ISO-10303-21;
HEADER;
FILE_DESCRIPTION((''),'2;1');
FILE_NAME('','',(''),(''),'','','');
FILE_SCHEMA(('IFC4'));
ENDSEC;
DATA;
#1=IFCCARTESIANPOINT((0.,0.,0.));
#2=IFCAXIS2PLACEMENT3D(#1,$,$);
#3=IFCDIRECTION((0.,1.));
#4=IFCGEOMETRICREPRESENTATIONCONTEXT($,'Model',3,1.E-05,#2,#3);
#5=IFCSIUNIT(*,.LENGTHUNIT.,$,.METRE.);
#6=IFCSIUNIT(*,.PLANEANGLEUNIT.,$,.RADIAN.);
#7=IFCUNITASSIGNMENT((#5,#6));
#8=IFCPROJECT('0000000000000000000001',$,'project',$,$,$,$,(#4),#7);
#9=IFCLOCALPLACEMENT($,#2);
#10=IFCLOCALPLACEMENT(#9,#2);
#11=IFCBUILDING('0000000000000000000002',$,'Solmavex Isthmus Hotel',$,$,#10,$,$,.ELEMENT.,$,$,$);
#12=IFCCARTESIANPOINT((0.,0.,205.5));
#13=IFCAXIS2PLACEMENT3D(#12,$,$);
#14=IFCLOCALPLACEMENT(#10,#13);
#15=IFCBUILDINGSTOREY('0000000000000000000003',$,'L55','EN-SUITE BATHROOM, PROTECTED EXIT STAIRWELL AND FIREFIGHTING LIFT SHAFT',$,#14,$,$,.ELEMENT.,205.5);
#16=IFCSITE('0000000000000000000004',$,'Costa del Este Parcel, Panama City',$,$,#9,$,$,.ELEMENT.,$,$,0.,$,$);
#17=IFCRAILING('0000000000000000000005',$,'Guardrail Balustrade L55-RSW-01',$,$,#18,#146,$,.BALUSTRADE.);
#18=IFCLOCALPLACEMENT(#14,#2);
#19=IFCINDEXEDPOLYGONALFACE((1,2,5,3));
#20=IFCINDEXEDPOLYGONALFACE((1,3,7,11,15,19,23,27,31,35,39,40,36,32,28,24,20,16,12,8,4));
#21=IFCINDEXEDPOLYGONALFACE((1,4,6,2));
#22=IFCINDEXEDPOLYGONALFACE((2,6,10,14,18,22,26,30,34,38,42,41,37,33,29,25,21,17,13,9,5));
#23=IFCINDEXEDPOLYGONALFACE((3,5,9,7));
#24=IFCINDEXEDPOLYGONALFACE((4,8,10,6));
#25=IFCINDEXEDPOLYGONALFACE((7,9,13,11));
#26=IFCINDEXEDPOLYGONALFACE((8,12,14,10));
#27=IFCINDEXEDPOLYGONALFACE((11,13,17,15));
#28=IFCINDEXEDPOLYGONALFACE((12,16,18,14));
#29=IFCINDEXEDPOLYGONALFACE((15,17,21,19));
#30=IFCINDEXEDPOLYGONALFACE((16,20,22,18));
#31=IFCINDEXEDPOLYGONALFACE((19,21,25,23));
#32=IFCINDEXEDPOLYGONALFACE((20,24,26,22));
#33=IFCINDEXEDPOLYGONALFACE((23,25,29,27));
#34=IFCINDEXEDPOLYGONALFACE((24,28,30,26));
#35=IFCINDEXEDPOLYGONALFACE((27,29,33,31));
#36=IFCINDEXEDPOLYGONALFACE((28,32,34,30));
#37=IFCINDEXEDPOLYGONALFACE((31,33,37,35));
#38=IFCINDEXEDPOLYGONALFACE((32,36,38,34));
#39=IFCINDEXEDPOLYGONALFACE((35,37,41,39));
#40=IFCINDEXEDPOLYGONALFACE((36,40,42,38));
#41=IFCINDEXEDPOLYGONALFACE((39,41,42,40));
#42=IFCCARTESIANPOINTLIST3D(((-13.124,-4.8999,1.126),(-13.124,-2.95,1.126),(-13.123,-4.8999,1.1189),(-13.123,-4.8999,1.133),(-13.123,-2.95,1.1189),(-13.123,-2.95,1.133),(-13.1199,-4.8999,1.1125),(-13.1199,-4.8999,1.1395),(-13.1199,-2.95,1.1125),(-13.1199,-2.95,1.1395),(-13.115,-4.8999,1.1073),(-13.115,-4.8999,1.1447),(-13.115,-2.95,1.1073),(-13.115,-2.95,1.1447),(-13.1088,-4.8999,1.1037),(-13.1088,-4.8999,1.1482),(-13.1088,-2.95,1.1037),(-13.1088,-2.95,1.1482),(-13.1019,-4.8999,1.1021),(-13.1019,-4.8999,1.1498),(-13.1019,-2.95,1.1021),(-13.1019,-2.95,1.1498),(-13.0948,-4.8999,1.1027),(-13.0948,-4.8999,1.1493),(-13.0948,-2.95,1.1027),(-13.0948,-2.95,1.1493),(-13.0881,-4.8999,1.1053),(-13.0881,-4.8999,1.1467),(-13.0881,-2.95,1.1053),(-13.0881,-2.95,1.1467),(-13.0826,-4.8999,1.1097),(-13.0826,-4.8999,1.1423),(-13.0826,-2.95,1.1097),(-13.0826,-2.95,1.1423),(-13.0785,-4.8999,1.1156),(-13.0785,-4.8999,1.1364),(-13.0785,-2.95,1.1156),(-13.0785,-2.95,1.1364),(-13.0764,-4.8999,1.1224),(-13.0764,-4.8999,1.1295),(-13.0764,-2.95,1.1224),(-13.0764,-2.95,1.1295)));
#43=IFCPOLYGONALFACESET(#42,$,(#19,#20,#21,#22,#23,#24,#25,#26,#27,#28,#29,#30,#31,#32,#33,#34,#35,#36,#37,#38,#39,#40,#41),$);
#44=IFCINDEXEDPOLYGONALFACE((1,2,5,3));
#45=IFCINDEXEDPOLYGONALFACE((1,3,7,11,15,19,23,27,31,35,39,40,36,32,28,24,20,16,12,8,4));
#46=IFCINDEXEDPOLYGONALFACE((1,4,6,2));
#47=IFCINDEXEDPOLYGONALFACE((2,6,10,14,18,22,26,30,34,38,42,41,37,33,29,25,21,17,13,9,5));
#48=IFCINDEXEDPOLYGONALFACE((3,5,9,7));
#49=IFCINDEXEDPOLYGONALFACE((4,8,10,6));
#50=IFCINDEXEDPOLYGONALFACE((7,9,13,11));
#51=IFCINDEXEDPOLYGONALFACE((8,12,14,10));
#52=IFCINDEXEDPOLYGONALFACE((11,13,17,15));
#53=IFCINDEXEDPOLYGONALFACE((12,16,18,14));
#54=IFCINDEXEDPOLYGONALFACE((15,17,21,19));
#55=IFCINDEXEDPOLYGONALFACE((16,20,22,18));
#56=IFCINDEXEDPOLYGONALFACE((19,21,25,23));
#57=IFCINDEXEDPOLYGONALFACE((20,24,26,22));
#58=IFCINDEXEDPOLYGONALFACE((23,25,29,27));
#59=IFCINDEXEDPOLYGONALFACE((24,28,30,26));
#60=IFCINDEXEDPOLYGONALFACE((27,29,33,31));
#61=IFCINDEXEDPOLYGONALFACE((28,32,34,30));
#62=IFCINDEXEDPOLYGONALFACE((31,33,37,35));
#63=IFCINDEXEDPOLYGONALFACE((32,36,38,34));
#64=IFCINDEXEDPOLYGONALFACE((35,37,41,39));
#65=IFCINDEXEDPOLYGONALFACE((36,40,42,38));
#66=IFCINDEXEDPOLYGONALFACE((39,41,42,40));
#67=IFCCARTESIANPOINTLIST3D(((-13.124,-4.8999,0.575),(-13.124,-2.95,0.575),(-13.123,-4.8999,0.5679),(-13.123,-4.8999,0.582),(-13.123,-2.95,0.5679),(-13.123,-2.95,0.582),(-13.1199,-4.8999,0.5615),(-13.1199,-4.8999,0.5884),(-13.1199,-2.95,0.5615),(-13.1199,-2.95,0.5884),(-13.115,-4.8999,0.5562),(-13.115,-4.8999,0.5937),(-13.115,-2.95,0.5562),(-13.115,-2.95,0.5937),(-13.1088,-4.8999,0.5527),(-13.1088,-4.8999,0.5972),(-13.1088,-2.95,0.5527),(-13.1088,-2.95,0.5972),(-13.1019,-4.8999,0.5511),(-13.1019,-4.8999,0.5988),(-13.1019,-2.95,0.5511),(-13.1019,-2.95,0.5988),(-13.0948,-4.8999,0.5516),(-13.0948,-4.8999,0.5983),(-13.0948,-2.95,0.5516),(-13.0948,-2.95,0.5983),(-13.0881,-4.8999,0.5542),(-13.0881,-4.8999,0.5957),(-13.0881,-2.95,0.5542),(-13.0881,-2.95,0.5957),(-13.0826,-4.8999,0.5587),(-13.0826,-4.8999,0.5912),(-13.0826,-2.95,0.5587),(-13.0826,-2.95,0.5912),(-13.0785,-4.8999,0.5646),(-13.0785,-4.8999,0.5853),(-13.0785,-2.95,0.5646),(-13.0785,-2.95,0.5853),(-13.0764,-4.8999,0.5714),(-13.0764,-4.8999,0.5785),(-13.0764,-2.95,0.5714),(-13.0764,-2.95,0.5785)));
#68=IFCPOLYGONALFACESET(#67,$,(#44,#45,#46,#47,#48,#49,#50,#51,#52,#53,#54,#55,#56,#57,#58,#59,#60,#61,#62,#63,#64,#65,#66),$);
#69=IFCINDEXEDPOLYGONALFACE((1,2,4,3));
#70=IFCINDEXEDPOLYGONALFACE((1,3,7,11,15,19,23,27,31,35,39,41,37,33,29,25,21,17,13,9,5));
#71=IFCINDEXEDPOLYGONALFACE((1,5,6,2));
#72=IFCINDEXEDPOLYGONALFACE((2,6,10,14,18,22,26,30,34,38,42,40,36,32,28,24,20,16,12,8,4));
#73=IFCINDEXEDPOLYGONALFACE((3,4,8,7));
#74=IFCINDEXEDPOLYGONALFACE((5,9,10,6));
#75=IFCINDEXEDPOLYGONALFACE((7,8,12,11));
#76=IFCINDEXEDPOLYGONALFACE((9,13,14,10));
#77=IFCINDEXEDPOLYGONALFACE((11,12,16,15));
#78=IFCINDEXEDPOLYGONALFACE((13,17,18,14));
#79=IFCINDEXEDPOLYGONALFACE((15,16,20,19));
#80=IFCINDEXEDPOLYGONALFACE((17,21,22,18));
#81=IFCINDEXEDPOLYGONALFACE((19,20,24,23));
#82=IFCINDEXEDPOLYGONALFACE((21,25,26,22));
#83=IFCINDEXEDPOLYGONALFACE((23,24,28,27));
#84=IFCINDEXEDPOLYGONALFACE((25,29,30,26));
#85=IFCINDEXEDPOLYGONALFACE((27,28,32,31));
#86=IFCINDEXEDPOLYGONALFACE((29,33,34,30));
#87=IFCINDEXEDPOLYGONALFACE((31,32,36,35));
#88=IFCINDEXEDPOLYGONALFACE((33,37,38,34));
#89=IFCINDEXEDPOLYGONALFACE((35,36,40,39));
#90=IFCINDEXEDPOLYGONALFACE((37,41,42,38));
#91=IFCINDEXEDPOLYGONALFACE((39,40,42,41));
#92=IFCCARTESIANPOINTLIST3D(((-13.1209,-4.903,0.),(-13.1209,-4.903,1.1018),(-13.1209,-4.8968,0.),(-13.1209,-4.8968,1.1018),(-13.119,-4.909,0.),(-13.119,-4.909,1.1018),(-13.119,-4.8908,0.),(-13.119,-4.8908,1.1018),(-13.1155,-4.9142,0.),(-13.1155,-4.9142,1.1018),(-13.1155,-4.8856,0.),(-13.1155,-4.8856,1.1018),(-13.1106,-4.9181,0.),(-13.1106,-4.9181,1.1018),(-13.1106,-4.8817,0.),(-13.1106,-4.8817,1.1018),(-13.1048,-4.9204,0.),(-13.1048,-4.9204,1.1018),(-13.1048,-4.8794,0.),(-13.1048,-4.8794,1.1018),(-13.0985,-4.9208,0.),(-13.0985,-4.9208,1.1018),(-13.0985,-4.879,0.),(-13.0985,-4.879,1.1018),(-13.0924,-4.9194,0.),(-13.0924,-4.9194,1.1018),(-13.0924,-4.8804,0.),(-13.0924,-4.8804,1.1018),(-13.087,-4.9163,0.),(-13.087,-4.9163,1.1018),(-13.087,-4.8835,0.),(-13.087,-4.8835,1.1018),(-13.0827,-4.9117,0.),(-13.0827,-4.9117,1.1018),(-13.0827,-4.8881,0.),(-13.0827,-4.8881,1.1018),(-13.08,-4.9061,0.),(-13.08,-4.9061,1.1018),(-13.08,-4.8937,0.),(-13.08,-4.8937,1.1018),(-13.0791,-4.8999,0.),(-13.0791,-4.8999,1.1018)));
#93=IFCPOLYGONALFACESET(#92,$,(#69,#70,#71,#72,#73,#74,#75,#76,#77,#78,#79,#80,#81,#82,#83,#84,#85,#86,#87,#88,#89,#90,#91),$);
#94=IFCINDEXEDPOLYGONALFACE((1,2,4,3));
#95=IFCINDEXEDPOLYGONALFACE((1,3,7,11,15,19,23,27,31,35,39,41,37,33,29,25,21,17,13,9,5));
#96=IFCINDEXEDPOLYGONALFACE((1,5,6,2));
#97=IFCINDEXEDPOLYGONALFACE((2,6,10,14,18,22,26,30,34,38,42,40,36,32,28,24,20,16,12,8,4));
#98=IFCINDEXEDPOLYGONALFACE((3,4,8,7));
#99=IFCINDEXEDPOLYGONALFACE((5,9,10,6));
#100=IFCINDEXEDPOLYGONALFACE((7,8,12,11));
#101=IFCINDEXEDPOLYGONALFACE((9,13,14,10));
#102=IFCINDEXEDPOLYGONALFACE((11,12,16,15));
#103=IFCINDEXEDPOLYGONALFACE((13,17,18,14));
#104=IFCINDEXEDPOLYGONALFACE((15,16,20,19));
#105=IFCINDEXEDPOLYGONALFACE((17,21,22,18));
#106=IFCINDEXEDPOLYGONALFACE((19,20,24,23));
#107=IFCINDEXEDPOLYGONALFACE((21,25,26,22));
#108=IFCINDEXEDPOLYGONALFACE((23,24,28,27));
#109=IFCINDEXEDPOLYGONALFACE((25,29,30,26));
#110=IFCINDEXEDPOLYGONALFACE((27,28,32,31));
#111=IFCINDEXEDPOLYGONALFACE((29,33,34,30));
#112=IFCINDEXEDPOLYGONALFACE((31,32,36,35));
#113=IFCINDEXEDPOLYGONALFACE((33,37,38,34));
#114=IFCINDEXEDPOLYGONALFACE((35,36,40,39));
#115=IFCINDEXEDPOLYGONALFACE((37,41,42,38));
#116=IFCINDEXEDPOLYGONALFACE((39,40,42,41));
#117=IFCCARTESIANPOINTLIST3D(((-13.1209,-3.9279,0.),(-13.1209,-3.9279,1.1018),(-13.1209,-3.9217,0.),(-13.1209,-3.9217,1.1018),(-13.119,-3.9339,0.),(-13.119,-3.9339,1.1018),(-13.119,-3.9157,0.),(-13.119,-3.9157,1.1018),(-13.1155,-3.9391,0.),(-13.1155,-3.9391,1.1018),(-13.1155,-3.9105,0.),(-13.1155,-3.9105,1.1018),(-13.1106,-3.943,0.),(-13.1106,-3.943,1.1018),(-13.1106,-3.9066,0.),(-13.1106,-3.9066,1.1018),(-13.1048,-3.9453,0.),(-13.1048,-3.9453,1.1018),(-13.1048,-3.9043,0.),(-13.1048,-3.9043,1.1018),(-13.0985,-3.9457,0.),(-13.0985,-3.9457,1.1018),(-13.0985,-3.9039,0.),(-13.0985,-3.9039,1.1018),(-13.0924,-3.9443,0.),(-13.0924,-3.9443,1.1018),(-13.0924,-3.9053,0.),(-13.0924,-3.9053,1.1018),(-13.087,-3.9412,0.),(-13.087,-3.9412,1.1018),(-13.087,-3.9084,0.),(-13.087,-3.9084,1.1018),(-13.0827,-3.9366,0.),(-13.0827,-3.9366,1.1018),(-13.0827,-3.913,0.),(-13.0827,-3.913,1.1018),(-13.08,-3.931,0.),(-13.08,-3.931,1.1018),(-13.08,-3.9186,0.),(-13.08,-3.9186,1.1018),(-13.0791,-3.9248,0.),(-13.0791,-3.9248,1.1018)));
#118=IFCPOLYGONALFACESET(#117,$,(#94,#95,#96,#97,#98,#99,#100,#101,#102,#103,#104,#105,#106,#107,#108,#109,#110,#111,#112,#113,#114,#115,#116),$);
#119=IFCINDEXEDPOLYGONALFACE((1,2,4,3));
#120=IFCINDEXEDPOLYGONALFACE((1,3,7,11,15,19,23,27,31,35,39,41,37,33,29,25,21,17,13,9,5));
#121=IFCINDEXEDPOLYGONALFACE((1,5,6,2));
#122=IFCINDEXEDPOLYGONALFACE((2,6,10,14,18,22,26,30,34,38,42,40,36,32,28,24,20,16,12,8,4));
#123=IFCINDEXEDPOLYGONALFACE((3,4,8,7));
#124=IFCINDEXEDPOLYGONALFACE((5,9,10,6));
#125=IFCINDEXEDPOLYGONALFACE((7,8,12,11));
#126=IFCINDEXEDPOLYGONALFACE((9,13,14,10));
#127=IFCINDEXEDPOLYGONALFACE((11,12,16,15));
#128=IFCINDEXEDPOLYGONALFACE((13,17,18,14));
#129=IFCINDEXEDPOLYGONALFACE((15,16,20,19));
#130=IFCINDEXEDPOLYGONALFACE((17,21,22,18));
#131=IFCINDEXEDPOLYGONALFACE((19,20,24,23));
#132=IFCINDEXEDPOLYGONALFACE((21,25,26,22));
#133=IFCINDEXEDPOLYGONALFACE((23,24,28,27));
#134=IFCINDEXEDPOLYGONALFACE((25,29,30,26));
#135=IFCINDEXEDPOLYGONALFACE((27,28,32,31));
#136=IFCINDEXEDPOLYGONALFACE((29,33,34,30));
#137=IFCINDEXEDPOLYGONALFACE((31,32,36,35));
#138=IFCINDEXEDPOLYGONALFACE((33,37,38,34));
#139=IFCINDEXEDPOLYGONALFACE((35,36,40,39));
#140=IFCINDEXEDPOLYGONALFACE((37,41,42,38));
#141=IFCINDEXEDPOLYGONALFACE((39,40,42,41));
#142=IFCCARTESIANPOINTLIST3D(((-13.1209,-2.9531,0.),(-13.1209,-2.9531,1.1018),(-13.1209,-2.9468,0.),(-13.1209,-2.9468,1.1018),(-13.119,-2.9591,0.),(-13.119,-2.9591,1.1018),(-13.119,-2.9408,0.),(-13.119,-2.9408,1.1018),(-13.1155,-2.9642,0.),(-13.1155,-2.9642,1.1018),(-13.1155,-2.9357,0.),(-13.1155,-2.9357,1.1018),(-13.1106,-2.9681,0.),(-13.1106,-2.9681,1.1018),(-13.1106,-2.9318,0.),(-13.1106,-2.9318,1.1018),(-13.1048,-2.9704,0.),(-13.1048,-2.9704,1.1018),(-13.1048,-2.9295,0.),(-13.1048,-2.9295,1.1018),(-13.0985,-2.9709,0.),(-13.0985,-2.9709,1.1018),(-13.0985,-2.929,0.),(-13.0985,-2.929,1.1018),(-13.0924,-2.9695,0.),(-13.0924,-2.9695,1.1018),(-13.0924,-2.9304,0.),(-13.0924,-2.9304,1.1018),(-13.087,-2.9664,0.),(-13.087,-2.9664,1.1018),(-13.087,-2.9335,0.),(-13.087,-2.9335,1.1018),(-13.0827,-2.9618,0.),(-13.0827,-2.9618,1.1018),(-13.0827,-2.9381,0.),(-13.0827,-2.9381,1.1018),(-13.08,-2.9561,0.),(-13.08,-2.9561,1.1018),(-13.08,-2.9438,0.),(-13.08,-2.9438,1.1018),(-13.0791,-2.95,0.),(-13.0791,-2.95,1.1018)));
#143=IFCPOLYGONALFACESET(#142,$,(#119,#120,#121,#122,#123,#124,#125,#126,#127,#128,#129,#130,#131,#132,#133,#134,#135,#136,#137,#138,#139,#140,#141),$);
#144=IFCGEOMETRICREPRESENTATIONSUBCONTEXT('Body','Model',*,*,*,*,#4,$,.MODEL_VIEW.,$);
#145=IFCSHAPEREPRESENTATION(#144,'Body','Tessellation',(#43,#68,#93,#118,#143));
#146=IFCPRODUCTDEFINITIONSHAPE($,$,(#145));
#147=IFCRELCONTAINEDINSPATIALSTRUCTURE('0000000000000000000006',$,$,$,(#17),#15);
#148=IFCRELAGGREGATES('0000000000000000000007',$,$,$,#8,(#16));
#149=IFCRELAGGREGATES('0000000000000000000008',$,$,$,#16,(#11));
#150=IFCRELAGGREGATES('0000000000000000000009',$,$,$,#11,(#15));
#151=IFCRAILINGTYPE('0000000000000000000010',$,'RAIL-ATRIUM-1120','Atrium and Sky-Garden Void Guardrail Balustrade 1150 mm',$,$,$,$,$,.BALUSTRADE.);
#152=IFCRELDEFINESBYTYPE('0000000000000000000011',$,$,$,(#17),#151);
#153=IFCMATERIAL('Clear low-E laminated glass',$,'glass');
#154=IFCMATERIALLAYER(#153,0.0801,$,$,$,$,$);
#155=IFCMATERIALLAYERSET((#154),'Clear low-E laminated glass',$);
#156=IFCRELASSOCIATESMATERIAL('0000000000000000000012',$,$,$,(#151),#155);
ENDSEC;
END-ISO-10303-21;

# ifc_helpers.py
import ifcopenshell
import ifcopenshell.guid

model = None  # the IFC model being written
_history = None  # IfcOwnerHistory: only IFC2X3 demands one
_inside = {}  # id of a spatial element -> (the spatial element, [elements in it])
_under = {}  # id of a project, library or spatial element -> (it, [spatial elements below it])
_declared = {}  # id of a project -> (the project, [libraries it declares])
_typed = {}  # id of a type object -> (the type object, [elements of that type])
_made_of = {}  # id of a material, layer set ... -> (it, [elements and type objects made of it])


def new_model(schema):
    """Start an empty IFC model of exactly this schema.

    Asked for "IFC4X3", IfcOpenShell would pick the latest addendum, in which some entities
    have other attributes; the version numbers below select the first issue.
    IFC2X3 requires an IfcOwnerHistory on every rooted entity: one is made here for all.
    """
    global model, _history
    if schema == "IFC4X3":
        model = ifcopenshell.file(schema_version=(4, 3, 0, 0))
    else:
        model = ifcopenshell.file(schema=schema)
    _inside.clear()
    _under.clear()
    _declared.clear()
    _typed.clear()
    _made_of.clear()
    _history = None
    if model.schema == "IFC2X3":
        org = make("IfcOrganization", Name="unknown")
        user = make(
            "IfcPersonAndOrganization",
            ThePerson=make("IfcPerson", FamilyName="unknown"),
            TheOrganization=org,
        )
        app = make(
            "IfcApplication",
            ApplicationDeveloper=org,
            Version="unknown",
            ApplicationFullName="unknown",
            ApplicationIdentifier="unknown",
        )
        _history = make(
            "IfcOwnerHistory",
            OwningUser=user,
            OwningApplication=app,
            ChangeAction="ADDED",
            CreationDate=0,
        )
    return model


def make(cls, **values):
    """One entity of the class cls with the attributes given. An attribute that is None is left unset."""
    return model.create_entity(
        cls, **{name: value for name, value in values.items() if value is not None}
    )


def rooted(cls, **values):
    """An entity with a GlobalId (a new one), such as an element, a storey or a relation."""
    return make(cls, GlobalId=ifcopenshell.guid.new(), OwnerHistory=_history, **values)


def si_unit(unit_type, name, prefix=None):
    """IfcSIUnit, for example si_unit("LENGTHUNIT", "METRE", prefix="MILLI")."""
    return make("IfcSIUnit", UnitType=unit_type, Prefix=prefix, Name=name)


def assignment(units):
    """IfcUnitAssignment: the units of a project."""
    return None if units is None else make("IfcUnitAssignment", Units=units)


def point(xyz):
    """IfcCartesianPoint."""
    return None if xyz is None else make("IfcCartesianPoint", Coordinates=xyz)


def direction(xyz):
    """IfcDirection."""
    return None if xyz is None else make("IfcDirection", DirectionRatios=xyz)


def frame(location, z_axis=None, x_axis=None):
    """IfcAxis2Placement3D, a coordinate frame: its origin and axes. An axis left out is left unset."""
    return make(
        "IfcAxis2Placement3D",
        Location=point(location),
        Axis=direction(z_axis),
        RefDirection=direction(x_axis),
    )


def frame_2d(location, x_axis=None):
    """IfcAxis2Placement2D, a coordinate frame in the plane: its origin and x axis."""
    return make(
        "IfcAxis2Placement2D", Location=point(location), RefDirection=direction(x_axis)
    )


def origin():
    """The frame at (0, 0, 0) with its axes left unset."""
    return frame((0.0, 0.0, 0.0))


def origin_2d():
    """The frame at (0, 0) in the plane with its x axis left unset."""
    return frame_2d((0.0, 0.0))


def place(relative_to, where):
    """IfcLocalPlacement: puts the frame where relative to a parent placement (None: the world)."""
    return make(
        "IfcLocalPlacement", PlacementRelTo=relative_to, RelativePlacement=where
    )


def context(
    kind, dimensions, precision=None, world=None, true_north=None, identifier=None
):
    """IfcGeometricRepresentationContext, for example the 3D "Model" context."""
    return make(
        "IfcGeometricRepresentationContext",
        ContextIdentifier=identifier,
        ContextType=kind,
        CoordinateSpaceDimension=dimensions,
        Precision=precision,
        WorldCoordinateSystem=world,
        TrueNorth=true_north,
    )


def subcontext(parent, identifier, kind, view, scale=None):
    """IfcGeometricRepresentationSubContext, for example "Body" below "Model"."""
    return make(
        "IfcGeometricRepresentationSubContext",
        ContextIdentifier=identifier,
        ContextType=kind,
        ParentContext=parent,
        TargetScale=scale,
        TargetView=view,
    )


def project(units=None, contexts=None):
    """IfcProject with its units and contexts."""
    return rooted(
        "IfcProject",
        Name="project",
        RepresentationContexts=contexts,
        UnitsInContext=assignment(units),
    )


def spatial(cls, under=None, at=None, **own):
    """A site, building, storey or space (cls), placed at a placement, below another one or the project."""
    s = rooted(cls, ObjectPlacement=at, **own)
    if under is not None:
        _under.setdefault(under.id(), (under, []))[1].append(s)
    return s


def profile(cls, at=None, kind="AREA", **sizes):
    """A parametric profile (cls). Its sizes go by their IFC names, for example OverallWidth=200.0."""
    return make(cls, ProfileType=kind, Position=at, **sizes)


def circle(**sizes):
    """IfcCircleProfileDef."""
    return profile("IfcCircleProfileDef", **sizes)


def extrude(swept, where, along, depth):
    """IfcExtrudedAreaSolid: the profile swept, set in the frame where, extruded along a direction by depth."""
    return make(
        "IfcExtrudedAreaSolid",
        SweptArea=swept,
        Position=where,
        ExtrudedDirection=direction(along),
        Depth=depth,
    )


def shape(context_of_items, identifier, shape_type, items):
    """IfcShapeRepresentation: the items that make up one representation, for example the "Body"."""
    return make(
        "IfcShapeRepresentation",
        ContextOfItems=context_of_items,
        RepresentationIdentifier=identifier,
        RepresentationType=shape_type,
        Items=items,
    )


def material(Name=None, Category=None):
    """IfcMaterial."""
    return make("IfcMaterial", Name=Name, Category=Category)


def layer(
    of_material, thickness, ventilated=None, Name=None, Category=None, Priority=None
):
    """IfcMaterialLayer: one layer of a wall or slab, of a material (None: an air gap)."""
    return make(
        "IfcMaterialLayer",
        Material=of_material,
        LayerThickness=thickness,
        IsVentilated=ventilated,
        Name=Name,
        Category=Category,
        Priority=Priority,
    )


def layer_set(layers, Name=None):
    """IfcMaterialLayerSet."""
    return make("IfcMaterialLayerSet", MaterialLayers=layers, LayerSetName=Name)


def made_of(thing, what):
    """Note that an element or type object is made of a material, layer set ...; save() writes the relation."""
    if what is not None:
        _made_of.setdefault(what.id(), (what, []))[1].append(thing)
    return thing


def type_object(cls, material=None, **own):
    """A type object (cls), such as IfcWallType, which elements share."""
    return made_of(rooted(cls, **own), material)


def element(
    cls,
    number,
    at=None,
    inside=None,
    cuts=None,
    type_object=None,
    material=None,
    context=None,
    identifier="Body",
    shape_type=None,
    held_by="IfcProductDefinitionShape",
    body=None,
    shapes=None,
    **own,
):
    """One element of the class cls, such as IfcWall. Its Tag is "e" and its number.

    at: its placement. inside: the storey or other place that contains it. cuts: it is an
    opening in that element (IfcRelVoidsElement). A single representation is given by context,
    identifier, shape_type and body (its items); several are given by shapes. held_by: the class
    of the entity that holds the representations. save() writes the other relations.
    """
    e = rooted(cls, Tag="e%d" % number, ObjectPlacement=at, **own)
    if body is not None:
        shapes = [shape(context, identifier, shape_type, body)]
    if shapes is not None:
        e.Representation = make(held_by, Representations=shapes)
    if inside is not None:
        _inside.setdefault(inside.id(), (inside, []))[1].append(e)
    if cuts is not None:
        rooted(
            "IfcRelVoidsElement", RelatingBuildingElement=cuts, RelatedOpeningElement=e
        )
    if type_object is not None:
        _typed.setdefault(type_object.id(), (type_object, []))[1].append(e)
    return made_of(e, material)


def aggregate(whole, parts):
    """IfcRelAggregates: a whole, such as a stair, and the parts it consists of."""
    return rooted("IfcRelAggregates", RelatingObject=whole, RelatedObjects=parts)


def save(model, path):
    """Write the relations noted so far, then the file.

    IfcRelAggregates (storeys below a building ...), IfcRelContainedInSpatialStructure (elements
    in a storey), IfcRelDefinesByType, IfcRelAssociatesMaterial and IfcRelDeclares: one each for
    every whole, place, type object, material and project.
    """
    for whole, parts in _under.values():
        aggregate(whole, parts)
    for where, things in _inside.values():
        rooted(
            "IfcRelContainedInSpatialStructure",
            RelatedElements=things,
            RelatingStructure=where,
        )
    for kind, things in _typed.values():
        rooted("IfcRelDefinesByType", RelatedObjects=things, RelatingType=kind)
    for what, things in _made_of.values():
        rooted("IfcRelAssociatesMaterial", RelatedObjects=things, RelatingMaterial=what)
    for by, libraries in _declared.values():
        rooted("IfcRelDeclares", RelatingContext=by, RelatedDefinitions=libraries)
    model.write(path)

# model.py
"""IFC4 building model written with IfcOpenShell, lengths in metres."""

from ifc_helpers import new_model, si_unit, direction, frame, origin, origin_2d, place, context, subcontext, project, spatial, circle, extrude, material, layer, layer_set, type_object, element, save


model = new_model("IFC4")

# Units and contexts
model_context = context("Model", 3, precision=1e-05, world=origin(), true_north=direction((0.0, 1.0)))
body_context = subcontext(model_context, "Body", "Model", "MODEL_VIEW")
ifc_project = project(units=[si_unit("LENGTHUNIT", "METRE"), si_unit("PLANEANGLEUNIT", "RADIAN")], contexts=[model_context])

# Site, building, storey
site_placement = place(None, origin())
site = spatial("IfcSite", under=ifc_project, at=site_placement, Name="Costa del Este Parcel, Panama City", CompositionType="ELEMENT", RefElevation=0.0)
building_placement = place(site_placement, origin())
building = spatial("IfcBuilding", under=site, at=building_placement, Name="Solmavex Isthmus Hotel", CompositionType="ELEMENT")
storey_placement = place(building_placement, frame((0.0, 0.0, 205.5)))
storey = spatial("IfcBuildingStorey", under=building, at=storey_placement, Name="L55", Description="EN-SUITE BATHROOM, PROTECTED EXIT STAIRWELL AND FIREFIGHTING LIFT SHAFT", CompositionType="ELEMENT", Elevation=205.5)

# Shared definitions
ifc_material_1 = material(Name="Clear low-E laminated glass", Category="glass")

# Railing
ifc_layer_1 = layer(ifc_material_1, 0.0801)
ifc_layer_set_1 = layer_set([ifc_layer_1], Name="Clear low-E laminated glass")
railing_type_1 = type_object("IfcRailingType", Name="RAIL-ATRIUM-1120", Description="Atrium and Sky-Garden Void Guardrail Balustrade 1150 mm", PredefinedType="BALUSTRADE", material=ifc_layer_set_1)
railing_1_placement = place(storey_placement, frame((-13.1001, -4.8999, 0.0)))
element("IfcRailing", 1, at=railing_1_placement, inside=storey, type_object=railing_type_1, Name="Guardrail Balustrade L55-RSW-01", PredefinedType="BALUSTRADE", context=body_context, shape_type="SweptSolid", body=[
    extrude(circle(Radius=0.0239, at=origin_2d()), frame((0.0, 0.0, 1.126), z_axis=(0.0, 1.0, 0.0), x_axis=(-1.0, 0.0, 0.0)), (0.0, 0.0, 1.0), 1.95),
    extrude(circle(Radius=0.0239, at=origin_2d()), frame((0.0, 0.0, 0.575), z_axis=(0.0, 1.0, 0.0), x_axis=(-1.0, 0.0, 0.0)), (0.0, 0.0, 1.0), 1.95),
    extrude(circle(Radius=0.021, at=origin_2d()), origin(), (0.0, 0.0, 1.0), 1.1018),
    extrude(circle(Radius=0.021, at=origin_2d()), frame((0.0, 0.9751, 0.0)), (0.0, 0.0, 1.0), 1.1018),
    extrude(circle(Radius=0.021, at=origin_2d()), frame((0.0, 1.95, 0.0)), (0.0, 0.0, 1.0), 1.1018),
])

save(model, "model.ifc")
